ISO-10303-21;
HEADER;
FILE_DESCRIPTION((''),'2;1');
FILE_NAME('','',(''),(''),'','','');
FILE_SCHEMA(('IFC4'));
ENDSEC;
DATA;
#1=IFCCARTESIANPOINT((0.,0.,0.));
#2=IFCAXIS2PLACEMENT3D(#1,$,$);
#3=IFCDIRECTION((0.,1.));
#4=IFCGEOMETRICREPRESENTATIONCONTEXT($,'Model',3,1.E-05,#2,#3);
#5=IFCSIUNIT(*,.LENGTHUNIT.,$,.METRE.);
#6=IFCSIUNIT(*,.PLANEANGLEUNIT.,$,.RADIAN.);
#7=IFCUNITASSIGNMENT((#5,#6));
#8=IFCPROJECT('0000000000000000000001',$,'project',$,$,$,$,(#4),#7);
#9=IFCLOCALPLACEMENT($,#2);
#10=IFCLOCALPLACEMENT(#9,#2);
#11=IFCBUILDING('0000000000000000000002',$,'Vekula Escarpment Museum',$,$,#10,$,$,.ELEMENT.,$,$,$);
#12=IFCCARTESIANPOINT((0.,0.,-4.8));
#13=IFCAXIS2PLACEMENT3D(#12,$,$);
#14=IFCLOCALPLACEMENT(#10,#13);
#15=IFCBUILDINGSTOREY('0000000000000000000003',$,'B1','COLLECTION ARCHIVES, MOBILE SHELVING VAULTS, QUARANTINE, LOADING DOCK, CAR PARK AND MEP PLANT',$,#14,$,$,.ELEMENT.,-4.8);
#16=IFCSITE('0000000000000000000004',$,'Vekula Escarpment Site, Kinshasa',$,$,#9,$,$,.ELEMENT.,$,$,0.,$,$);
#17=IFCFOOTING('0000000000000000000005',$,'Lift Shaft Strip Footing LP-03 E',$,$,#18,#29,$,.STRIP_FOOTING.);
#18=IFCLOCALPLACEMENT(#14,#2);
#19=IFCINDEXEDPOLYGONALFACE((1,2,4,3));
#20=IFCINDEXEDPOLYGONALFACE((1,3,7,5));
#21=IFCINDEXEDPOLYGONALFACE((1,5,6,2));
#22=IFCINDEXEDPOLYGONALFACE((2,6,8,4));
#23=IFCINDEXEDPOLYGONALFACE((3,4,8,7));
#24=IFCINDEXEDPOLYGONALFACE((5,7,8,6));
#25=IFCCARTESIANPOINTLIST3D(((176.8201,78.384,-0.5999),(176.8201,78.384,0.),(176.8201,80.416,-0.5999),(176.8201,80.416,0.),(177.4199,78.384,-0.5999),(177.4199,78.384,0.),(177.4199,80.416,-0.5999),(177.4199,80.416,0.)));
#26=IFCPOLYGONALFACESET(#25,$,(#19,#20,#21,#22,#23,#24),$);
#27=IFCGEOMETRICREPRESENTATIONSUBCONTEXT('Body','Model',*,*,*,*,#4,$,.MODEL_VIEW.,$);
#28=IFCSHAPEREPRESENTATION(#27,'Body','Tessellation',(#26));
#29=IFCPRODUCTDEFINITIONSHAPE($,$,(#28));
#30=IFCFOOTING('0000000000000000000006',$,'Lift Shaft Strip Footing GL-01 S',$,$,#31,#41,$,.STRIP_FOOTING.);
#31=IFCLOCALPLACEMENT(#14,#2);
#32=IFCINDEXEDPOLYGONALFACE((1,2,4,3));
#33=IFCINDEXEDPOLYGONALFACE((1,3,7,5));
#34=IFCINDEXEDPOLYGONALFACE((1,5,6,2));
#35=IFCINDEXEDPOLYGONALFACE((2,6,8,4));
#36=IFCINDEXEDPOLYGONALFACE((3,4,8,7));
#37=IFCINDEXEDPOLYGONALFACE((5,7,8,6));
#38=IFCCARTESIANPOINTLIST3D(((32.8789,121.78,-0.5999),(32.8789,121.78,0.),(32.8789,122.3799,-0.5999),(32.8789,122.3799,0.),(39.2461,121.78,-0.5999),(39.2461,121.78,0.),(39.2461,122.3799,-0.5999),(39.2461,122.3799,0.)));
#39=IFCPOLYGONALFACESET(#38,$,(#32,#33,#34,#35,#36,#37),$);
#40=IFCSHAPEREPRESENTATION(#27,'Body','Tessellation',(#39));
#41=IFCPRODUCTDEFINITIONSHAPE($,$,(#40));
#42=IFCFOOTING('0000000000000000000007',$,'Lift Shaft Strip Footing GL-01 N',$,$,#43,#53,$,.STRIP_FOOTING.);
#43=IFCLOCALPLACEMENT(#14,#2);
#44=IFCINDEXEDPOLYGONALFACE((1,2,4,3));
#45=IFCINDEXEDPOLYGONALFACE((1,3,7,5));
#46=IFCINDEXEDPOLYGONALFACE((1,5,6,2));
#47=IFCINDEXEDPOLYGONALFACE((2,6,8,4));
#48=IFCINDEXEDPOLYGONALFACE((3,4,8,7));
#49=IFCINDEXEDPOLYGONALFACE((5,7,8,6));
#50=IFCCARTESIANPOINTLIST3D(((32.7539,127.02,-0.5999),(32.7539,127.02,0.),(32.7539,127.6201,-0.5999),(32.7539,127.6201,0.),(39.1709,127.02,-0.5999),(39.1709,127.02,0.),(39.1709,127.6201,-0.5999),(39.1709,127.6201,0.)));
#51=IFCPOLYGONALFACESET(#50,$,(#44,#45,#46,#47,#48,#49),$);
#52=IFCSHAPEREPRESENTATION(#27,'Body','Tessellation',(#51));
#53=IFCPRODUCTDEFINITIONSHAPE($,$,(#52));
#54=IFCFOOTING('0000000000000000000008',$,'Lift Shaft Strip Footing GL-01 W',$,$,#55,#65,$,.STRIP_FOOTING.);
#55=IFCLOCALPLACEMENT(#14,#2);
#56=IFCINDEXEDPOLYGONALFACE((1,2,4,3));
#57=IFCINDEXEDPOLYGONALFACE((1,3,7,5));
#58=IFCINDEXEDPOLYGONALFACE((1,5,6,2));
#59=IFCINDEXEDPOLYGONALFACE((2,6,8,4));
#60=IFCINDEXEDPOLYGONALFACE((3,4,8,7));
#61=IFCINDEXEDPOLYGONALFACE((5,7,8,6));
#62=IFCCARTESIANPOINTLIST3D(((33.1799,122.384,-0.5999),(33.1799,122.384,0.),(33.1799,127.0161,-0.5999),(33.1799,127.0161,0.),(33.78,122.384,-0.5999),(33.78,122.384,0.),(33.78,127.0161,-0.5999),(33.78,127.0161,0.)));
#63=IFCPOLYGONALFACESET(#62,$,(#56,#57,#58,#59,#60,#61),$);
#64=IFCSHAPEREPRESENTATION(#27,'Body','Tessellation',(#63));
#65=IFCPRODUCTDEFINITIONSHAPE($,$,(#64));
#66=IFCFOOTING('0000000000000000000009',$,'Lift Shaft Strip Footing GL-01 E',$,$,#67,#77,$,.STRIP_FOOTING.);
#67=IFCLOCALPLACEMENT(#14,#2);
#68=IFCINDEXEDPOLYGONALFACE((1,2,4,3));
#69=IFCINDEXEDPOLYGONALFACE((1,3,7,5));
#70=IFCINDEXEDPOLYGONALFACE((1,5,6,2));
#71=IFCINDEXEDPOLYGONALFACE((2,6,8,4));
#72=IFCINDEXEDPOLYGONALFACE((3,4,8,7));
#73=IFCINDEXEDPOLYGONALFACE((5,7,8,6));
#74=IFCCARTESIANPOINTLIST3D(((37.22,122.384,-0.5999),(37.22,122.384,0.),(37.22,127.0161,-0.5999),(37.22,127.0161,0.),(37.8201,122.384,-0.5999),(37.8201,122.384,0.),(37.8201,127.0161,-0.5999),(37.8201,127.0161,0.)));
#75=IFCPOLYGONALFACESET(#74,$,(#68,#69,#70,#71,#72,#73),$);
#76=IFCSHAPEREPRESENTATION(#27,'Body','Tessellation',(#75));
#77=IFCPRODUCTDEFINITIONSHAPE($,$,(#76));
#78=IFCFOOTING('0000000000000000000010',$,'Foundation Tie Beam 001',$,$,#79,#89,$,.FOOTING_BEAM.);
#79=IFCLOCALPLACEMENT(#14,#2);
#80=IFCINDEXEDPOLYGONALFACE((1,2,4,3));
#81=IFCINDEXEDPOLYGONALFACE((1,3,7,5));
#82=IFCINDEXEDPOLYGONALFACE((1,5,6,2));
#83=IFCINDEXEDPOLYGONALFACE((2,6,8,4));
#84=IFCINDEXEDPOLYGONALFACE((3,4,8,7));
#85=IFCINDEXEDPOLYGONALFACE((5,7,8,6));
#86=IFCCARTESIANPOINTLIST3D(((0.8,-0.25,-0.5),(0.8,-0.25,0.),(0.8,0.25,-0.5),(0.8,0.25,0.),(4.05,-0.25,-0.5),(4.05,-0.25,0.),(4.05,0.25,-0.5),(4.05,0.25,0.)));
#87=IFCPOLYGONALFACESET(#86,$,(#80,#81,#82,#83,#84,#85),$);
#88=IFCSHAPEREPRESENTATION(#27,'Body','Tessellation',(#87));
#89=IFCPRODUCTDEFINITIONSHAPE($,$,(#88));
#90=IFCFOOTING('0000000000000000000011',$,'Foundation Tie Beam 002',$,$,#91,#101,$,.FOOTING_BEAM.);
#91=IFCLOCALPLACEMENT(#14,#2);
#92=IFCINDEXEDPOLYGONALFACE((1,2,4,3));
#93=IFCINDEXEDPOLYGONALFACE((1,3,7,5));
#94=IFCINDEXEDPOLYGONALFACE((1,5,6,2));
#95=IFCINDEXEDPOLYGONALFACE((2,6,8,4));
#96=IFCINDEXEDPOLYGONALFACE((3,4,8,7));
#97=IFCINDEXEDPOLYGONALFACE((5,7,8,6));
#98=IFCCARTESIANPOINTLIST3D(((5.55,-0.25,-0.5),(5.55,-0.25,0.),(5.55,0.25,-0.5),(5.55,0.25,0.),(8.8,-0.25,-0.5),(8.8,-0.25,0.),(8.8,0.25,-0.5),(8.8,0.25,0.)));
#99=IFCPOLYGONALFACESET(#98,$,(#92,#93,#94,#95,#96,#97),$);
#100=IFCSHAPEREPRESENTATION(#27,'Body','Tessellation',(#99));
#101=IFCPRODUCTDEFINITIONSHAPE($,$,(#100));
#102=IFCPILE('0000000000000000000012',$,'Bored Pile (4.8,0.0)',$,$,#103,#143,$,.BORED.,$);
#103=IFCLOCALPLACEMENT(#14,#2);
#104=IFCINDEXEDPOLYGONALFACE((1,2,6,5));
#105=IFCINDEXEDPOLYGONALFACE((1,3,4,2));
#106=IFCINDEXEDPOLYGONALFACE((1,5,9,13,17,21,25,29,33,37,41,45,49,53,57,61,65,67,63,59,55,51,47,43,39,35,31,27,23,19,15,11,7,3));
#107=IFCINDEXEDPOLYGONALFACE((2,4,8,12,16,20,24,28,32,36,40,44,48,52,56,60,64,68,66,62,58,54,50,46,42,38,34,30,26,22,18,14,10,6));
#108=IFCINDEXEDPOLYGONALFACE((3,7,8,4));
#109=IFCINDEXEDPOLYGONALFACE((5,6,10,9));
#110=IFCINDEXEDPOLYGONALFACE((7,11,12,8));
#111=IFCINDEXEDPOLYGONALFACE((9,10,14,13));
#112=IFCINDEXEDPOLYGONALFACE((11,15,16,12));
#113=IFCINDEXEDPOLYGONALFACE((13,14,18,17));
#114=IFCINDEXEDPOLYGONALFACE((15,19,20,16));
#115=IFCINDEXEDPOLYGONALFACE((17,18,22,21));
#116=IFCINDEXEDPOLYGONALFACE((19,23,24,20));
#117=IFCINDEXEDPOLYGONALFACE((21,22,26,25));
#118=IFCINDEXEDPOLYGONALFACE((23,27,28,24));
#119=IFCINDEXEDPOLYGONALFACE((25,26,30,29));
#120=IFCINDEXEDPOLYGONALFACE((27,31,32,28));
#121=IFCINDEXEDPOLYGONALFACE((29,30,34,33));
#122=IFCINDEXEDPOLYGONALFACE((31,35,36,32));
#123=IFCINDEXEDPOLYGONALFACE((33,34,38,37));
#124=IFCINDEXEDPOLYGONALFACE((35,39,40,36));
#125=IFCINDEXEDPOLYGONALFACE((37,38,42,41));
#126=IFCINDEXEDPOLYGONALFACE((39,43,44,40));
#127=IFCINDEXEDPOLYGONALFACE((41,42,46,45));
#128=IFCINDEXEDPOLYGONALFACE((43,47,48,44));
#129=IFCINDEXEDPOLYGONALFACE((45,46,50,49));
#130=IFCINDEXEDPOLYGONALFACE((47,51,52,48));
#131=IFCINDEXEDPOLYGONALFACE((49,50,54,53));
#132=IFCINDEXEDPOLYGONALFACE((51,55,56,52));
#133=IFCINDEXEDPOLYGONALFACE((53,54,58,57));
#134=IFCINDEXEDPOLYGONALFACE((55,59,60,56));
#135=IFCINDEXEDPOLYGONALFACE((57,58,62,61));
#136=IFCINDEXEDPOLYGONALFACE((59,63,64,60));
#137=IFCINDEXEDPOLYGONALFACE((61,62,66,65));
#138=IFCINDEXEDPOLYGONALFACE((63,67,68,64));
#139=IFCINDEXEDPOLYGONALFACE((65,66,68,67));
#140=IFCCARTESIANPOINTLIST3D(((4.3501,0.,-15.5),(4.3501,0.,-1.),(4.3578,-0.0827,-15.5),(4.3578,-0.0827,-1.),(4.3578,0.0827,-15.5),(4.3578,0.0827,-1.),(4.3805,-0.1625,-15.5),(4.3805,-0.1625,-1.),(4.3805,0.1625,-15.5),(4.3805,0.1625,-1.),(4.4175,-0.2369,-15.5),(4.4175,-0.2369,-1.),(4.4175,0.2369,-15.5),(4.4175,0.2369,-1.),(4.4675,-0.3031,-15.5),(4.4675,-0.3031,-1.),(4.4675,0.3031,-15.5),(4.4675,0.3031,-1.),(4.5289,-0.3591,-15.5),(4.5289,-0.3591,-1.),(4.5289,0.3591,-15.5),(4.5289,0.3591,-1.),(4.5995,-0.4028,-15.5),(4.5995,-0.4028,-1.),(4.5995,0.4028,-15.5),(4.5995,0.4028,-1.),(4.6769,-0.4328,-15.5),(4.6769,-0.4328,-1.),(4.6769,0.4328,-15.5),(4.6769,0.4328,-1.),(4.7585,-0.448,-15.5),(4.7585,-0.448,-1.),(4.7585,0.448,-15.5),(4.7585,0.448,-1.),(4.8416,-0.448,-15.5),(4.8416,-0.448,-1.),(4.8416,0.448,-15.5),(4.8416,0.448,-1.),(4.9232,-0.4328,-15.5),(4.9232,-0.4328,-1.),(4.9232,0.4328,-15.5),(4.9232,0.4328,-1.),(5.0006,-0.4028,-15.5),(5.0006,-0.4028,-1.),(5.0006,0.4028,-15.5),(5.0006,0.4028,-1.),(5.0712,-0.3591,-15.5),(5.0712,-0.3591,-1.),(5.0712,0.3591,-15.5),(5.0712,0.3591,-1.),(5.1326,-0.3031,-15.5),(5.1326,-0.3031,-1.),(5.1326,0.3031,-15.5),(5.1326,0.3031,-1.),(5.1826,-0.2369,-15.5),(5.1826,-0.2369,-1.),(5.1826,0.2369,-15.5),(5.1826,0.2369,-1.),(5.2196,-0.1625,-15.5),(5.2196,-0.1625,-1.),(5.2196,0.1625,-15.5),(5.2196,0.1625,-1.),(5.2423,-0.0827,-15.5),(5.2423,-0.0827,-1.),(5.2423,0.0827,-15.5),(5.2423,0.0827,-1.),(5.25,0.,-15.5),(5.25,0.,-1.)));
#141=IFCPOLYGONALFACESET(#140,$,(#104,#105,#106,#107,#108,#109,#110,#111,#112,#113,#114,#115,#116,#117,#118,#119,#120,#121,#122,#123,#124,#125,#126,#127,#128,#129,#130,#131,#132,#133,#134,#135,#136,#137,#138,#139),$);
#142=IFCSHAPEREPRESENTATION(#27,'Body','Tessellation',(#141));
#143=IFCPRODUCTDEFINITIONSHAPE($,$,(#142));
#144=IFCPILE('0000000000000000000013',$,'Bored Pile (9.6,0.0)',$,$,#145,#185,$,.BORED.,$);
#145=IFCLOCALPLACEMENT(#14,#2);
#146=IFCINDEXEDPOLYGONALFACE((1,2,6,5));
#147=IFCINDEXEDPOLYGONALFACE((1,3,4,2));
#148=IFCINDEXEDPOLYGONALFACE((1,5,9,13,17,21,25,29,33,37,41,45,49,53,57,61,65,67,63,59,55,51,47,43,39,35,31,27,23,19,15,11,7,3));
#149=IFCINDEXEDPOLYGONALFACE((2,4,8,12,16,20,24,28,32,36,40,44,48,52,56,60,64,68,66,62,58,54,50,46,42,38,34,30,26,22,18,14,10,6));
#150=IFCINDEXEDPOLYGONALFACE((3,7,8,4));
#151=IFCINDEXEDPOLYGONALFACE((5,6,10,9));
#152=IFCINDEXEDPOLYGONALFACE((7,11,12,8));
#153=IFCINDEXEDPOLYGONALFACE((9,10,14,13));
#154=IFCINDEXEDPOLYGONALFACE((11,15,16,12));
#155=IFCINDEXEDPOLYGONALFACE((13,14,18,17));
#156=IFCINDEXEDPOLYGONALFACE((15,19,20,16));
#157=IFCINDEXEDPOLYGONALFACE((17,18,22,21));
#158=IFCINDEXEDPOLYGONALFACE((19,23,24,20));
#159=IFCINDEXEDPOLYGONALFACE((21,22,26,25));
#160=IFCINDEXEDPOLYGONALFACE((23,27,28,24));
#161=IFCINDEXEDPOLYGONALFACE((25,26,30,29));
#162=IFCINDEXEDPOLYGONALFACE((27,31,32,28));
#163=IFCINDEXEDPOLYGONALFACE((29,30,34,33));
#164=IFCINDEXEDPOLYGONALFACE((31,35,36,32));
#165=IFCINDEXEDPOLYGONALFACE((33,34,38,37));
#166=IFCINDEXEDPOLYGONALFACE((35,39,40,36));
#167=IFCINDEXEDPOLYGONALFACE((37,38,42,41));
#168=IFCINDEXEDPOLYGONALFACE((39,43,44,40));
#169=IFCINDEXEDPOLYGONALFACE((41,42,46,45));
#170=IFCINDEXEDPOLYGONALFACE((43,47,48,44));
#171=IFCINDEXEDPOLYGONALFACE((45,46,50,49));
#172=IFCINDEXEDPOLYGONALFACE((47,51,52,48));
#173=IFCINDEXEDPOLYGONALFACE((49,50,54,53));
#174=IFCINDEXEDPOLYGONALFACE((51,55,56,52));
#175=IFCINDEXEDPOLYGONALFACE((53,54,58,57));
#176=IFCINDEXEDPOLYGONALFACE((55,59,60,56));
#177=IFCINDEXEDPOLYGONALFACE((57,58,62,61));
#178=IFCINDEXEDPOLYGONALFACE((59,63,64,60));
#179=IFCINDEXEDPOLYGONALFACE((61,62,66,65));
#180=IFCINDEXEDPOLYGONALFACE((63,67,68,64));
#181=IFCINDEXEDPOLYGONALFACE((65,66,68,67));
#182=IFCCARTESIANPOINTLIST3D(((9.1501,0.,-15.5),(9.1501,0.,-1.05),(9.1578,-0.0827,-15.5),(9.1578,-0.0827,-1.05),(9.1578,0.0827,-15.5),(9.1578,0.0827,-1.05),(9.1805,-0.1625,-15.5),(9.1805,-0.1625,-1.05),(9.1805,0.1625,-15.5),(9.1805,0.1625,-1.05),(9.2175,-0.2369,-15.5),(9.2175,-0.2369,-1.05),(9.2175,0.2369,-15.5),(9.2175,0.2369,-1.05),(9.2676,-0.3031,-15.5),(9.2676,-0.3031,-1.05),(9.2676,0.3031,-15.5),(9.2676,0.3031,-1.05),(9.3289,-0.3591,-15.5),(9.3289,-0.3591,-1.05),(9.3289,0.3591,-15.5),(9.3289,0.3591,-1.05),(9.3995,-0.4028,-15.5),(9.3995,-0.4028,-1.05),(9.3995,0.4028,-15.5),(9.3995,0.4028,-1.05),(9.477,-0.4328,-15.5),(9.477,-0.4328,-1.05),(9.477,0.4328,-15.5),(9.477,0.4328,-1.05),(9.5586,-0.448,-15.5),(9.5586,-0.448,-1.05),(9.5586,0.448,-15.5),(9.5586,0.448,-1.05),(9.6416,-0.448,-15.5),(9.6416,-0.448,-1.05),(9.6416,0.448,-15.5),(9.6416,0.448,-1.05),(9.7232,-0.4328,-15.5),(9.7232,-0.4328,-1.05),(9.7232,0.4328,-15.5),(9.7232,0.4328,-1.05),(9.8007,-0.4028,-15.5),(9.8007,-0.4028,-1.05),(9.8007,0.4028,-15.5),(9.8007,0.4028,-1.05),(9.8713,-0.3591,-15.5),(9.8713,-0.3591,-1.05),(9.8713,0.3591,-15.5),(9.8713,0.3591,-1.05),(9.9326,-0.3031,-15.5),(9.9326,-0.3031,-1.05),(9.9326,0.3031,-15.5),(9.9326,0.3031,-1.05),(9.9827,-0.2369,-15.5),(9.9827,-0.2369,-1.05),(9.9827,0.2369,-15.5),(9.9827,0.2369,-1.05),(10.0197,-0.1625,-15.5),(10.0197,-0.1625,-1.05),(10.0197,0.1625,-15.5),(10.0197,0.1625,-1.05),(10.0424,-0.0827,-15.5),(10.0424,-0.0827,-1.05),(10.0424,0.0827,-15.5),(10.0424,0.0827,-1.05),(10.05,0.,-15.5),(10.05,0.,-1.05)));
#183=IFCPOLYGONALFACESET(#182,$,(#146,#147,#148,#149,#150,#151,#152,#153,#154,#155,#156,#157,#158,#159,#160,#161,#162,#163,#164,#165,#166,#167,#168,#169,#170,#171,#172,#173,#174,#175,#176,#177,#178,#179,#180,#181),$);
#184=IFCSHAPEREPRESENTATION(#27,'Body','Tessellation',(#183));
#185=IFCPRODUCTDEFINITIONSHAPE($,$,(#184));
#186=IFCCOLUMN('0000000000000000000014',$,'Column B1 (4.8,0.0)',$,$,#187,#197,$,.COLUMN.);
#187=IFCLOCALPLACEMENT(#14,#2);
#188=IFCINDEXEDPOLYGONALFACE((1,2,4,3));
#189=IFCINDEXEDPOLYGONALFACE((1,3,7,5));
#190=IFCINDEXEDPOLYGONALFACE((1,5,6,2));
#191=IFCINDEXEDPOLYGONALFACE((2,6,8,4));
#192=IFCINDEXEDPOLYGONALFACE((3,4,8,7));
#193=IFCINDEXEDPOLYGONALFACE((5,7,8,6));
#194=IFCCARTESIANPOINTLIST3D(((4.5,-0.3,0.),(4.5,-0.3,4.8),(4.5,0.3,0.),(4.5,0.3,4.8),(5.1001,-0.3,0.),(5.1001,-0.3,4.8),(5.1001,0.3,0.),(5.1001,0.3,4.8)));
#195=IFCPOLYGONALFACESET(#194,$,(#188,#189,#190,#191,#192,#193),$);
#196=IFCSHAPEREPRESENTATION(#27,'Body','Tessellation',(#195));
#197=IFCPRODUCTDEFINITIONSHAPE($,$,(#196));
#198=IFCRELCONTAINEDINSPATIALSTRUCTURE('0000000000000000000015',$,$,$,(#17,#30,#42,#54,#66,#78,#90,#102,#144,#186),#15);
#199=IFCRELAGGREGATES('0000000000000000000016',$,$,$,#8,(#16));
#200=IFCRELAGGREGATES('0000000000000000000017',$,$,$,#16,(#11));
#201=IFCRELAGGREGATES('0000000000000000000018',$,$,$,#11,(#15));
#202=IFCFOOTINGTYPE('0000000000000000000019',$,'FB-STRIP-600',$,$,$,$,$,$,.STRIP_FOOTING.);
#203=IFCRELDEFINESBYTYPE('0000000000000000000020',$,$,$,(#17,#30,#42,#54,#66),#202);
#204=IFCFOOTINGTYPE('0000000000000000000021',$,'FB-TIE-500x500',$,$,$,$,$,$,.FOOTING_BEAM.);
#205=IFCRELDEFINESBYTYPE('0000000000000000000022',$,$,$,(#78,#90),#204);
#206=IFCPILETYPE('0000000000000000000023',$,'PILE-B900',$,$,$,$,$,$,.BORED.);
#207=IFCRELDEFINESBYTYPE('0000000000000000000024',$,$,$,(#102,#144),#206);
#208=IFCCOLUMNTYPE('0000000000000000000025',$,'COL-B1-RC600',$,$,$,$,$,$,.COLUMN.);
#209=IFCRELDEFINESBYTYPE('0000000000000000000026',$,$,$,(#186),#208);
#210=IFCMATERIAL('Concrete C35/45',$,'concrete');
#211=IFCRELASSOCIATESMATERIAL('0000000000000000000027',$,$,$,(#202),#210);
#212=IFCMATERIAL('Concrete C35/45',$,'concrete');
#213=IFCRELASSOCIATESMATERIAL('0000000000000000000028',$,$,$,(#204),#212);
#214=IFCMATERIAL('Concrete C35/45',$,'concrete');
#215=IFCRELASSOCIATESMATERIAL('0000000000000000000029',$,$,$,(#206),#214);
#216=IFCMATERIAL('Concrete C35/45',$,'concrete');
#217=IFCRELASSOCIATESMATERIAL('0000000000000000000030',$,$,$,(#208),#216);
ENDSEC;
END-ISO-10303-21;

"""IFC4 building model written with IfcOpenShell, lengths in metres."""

from ifc_helpers import new_model, si_unit, direction, frame, origin, origin_2d, place, context, subcontext, project, spatial, polyline, rectangle, circle, outline, extrude, material, material_profile, profile_set, type_object, element, save


model = new_model("IFC4")

# Units and contexts
model_context = context("Model", 3, precision=1e-05, world=origin(), true_north=direction((0.0, 1.0)))
body_context = subcontext(model_context, "Body", "Model", "MODEL_VIEW")
ifc_project = project(units=[si_unit("LENGTHUNIT", "METRE"), si_unit("PLANEANGLEUNIT", "RADIAN")], contexts=[model_context])

# Site, building, storey
site_placement = place(None, origin())
site = spatial("IfcSite", under=ifc_project, at=site_placement, Name="Vekula Escarpment Site, Kinshasa", CompositionType="ELEMENT", RefElevation=0.0)
building_placement = place(site_placement, origin())
building = spatial("IfcBuilding", under=site, at=building_placement, Name="Vekula Escarpment Museum", CompositionType="ELEMENT")
storey_placement = place(building_placement, frame((0.0, 0.0, -4.8)))
storey = spatial("IfcBuildingStorey", under=building, at=storey_placement, Name="B1", Description="COLLECTION ARCHIVES, MOBILE SHELVING VAULTS, QUARANTINE, LOADING DOCK, CAR PARK AND MEP PLANT", CompositionType="ELEMENT", Elevation=-4.8)

# Footings
ifc_material_1 = material(Name="Concrete C35/45", Category="concrete")
footing_type_1 = type_object("IfcFootingType", Name="FB-STRIP-600", PredefinedType="STRIP_FOOTING", material=ifc_material_1)
footing_1_placement = place(storey_placement, frame((0.0, 0.0, -0.5999)))
element("IfcFooting", 1, at=footing_1_placement, inside=storey, type_object=footing_type_1, Name="Lift Shaft Strip Footing LP-03 E", PredefinedType="STRIP_FOOTING", context=body_context, shape_type="SweptSolid", body=[
    extrude(outline(polyline([(177.4199, 78.384), (176.8201, 78.384), (176.8201, 80.416), (177.4199, 80.416), (177.4199, 78.384)])), origin(), (0.0, 0.0, 1.0), 0.5999),
])
footing_2_placement = place(storey_placement, frame((0.0, 0.0, -0.5999)))
element("IfcFooting", 2, at=footing_2_placement, inside=storey, type_object=footing_type_1, Name="Lift Shaft Strip Footing GL-01 S", PredefinedType="STRIP_FOOTING", context=body_context, shape_type="SweptSolid", body=[
    extrude(outline(polyline([(32.8789, 121.78), (32.8789, 122.3799), (39.2461, 122.3799), (39.2461, 121.78), (32.8789, 121.78)])), origin(), (0.0, 0.0, 1.0), 0.5999),
])
footing_3_placement = place(storey_placement, frame((0.0, 0.0, -0.5999)))
element("IfcFooting", 3, at=footing_3_placement, inside=storey, type_object=footing_type_1, Name="Lift Shaft Strip Footing GL-01 N", PredefinedType="STRIP_FOOTING", context=body_context, shape_type="SweptSolid", body=[
    extrude(outline(polyline([(32.7539, 127.02), (32.7539, 127.6201), (39.1709, 127.6201), (39.1709, 127.02), (32.7539, 127.02)])), origin(), (0.0, 0.0, 1.0), 0.5999),
])
footing_4_placement = place(storey_placement, frame((0.0, 0.0, -0.5999)))
element("IfcFooting", 4, at=footing_4_placement, inside=storey, type_object=footing_type_1, Name="Lift Shaft Strip Footing GL-01 W", PredefinedType="STRIP_FOOTING", context=body_context, shape_type="SweptSolid", body=[
    extrude(outline(polyline([(33.78, 122.384), (33.1799, 122.384), (33.1799, 127.0161), (33.78, 127.0161), (33.78, 122.384)])), origin(), (0.0, 0.0, 1.0), 0.5999),
])
footing_5_placement = place(storey_placement, frame((0.0, 0.0, -0.5999)))
element("IfcFooting", 5, at=footing_5_placement, inside=storey, type_object=footing_type_1, Name="Lift Shaft Strip Footing GL-01 E", PredefinedType="STRIP_FOOTING", context=body_context, shape_type="SweptSolid", body=[
    extrude(outline(polyline([(37.8201, 122.384), (37.22, 122.384), (37.22, 127.0161), (37.8201, 127.0161), (37.8201, 122.384)])), origin(), (0.0, 0.0, 1.0), 0.5999),
])
ifc_material_2 = material(Name="Concrete C35/45", Category="concrete")
ifc_material_profile_1 = material_profile(ifc_material_2, rectangle(XDim=0.5, YDim=0.5, at=origin_2d()), Name="RC 500x500")
ifc_profile_set_1 = profile_set([ifc_material_profile_1], Name="Concrete C35/45")
footing_type_2 = type_object("IfcFootingType", Name="FB-TIE-500x500", PredefinedType="FOOTING_BEAM", material=ifc_profile_set_1)
for number, where, z_axis, x_axis, name in (
    (6, (0.8, 0.0, -0.25), (1.0, 0.0, 0.0), (0.0, 1.0, 0.0), "Foundation Tie Beam 001"),
    (7, (5.55, 0.0, -0.25), (1.0, 0.0, 0.0), (0.0, 1.0, 0.0), "Foundation Tie Beam 002"),
):
    element("IfcFooting", number, at=place(storey_placement, frame(where, z_axis=z_axis, x_axis=x_axis)), inside=storey, type_object=footing_type_2, Name=name, PredefinedType="FOOTING_BEAM", context=body_context, shape_type="SweptSolid", body=[
        extrude(rectangle(XDim=0.5, YDim=0.5, at=origin_2d()), origin(), (0.0, 0.0, 1.0), 3.25),
    ])

# Piles
ifc_material_3 = material(Name="Concrete C35/45", Category="concrete")
ifc_material_profile_2 = material_profile(ifc_material_3, circle(Radius=0.45, at=origin_2d()), Name="BORED PILE 900")
ifc_profile_set_2 = profile_set([ifc_material_profile_2], Name="Concrete C35/45")
pile_type = type_object("IfcPileType", Name="PILE-B900", PredefinedType="BORED", material=ifc_profile_set_2)
pile_1_placement = place(storey_placement, frame((4.8, 0.0, -1.0), z_axis=(0.0, 0.0, -1.0), x_axis=(1.0, 0.0, 0.0)))
element("IfcPile", 8, at=pile_1_placement, inside=storey, type_object=pile_type, Name="Bored Pile (4.8,0.0)", PredefinedType="BORED", context=body_context, shape_type="SweptSolid", body=[
    extrude(circle(Radius=0.45, at=origin_2d()), origin(), (0.0, 0.0, 1.0), 14.5),
])
pile_2_placement = place(storey_placement, frame((9.6001, 0.0, -1.05), z_axis=(0.0, 0.0, -1.0), x_axis=(1.0, 0.0, 0.0)))
element("IfcPile", 9, at=pile_2_placement, inside=storey, type_object=pile_type, Name="Bored Pile (9.6,0.0)", PredefinedType="BORED", context=body_context, shape_type="SweptSolid", body=[
    extrude(circle(Radius=0.45, at=origin_2d()), origin(), (0.0, 0.0, 1.0), 14.45),
])

# Column
ifc_material_4 = material(Name="Concrete C35/45", Category="concrete")
ifc_material_profile_3 = material_profile(ifc_material_4, rectangle(XDim=0.6001, YDim=0.6001, at=origin_2d()), Name="RC 600x600")
ifc_profile_set_3 = profile_set([ifc_material_profile_3], Name="Concrete C35/45")
column_type = type_object("IfcColumnType", Name="COL-B1-RC600", PredefinedType="COLUMN", material=ifc_profile_set_3)
for number, where, z_axis, x_axis, name in (
    (10, (4.8, 0.0, 0.0), (0.0, 0.0, 1.0), (1.0, 0.0, 0.0), "Column B1 (4.8,0.0)"),
):
    element("IfcColumn", number, at=place(storey_placement, frame(where, z_axis=z_axis, x_axis=x_axis)), inside=storey, type_object=column_type, Name=name, PredefinedType="COLUMN", context=body_context, shape_type="SweptSolid", body=[
        extrude(rectangle(XDim=0.6001, YDim=0.6001, at=origin_2d()), origin(), (0.0, 0.0, 1.0), 4.8),
    ])

save(model, "model.ifc")
